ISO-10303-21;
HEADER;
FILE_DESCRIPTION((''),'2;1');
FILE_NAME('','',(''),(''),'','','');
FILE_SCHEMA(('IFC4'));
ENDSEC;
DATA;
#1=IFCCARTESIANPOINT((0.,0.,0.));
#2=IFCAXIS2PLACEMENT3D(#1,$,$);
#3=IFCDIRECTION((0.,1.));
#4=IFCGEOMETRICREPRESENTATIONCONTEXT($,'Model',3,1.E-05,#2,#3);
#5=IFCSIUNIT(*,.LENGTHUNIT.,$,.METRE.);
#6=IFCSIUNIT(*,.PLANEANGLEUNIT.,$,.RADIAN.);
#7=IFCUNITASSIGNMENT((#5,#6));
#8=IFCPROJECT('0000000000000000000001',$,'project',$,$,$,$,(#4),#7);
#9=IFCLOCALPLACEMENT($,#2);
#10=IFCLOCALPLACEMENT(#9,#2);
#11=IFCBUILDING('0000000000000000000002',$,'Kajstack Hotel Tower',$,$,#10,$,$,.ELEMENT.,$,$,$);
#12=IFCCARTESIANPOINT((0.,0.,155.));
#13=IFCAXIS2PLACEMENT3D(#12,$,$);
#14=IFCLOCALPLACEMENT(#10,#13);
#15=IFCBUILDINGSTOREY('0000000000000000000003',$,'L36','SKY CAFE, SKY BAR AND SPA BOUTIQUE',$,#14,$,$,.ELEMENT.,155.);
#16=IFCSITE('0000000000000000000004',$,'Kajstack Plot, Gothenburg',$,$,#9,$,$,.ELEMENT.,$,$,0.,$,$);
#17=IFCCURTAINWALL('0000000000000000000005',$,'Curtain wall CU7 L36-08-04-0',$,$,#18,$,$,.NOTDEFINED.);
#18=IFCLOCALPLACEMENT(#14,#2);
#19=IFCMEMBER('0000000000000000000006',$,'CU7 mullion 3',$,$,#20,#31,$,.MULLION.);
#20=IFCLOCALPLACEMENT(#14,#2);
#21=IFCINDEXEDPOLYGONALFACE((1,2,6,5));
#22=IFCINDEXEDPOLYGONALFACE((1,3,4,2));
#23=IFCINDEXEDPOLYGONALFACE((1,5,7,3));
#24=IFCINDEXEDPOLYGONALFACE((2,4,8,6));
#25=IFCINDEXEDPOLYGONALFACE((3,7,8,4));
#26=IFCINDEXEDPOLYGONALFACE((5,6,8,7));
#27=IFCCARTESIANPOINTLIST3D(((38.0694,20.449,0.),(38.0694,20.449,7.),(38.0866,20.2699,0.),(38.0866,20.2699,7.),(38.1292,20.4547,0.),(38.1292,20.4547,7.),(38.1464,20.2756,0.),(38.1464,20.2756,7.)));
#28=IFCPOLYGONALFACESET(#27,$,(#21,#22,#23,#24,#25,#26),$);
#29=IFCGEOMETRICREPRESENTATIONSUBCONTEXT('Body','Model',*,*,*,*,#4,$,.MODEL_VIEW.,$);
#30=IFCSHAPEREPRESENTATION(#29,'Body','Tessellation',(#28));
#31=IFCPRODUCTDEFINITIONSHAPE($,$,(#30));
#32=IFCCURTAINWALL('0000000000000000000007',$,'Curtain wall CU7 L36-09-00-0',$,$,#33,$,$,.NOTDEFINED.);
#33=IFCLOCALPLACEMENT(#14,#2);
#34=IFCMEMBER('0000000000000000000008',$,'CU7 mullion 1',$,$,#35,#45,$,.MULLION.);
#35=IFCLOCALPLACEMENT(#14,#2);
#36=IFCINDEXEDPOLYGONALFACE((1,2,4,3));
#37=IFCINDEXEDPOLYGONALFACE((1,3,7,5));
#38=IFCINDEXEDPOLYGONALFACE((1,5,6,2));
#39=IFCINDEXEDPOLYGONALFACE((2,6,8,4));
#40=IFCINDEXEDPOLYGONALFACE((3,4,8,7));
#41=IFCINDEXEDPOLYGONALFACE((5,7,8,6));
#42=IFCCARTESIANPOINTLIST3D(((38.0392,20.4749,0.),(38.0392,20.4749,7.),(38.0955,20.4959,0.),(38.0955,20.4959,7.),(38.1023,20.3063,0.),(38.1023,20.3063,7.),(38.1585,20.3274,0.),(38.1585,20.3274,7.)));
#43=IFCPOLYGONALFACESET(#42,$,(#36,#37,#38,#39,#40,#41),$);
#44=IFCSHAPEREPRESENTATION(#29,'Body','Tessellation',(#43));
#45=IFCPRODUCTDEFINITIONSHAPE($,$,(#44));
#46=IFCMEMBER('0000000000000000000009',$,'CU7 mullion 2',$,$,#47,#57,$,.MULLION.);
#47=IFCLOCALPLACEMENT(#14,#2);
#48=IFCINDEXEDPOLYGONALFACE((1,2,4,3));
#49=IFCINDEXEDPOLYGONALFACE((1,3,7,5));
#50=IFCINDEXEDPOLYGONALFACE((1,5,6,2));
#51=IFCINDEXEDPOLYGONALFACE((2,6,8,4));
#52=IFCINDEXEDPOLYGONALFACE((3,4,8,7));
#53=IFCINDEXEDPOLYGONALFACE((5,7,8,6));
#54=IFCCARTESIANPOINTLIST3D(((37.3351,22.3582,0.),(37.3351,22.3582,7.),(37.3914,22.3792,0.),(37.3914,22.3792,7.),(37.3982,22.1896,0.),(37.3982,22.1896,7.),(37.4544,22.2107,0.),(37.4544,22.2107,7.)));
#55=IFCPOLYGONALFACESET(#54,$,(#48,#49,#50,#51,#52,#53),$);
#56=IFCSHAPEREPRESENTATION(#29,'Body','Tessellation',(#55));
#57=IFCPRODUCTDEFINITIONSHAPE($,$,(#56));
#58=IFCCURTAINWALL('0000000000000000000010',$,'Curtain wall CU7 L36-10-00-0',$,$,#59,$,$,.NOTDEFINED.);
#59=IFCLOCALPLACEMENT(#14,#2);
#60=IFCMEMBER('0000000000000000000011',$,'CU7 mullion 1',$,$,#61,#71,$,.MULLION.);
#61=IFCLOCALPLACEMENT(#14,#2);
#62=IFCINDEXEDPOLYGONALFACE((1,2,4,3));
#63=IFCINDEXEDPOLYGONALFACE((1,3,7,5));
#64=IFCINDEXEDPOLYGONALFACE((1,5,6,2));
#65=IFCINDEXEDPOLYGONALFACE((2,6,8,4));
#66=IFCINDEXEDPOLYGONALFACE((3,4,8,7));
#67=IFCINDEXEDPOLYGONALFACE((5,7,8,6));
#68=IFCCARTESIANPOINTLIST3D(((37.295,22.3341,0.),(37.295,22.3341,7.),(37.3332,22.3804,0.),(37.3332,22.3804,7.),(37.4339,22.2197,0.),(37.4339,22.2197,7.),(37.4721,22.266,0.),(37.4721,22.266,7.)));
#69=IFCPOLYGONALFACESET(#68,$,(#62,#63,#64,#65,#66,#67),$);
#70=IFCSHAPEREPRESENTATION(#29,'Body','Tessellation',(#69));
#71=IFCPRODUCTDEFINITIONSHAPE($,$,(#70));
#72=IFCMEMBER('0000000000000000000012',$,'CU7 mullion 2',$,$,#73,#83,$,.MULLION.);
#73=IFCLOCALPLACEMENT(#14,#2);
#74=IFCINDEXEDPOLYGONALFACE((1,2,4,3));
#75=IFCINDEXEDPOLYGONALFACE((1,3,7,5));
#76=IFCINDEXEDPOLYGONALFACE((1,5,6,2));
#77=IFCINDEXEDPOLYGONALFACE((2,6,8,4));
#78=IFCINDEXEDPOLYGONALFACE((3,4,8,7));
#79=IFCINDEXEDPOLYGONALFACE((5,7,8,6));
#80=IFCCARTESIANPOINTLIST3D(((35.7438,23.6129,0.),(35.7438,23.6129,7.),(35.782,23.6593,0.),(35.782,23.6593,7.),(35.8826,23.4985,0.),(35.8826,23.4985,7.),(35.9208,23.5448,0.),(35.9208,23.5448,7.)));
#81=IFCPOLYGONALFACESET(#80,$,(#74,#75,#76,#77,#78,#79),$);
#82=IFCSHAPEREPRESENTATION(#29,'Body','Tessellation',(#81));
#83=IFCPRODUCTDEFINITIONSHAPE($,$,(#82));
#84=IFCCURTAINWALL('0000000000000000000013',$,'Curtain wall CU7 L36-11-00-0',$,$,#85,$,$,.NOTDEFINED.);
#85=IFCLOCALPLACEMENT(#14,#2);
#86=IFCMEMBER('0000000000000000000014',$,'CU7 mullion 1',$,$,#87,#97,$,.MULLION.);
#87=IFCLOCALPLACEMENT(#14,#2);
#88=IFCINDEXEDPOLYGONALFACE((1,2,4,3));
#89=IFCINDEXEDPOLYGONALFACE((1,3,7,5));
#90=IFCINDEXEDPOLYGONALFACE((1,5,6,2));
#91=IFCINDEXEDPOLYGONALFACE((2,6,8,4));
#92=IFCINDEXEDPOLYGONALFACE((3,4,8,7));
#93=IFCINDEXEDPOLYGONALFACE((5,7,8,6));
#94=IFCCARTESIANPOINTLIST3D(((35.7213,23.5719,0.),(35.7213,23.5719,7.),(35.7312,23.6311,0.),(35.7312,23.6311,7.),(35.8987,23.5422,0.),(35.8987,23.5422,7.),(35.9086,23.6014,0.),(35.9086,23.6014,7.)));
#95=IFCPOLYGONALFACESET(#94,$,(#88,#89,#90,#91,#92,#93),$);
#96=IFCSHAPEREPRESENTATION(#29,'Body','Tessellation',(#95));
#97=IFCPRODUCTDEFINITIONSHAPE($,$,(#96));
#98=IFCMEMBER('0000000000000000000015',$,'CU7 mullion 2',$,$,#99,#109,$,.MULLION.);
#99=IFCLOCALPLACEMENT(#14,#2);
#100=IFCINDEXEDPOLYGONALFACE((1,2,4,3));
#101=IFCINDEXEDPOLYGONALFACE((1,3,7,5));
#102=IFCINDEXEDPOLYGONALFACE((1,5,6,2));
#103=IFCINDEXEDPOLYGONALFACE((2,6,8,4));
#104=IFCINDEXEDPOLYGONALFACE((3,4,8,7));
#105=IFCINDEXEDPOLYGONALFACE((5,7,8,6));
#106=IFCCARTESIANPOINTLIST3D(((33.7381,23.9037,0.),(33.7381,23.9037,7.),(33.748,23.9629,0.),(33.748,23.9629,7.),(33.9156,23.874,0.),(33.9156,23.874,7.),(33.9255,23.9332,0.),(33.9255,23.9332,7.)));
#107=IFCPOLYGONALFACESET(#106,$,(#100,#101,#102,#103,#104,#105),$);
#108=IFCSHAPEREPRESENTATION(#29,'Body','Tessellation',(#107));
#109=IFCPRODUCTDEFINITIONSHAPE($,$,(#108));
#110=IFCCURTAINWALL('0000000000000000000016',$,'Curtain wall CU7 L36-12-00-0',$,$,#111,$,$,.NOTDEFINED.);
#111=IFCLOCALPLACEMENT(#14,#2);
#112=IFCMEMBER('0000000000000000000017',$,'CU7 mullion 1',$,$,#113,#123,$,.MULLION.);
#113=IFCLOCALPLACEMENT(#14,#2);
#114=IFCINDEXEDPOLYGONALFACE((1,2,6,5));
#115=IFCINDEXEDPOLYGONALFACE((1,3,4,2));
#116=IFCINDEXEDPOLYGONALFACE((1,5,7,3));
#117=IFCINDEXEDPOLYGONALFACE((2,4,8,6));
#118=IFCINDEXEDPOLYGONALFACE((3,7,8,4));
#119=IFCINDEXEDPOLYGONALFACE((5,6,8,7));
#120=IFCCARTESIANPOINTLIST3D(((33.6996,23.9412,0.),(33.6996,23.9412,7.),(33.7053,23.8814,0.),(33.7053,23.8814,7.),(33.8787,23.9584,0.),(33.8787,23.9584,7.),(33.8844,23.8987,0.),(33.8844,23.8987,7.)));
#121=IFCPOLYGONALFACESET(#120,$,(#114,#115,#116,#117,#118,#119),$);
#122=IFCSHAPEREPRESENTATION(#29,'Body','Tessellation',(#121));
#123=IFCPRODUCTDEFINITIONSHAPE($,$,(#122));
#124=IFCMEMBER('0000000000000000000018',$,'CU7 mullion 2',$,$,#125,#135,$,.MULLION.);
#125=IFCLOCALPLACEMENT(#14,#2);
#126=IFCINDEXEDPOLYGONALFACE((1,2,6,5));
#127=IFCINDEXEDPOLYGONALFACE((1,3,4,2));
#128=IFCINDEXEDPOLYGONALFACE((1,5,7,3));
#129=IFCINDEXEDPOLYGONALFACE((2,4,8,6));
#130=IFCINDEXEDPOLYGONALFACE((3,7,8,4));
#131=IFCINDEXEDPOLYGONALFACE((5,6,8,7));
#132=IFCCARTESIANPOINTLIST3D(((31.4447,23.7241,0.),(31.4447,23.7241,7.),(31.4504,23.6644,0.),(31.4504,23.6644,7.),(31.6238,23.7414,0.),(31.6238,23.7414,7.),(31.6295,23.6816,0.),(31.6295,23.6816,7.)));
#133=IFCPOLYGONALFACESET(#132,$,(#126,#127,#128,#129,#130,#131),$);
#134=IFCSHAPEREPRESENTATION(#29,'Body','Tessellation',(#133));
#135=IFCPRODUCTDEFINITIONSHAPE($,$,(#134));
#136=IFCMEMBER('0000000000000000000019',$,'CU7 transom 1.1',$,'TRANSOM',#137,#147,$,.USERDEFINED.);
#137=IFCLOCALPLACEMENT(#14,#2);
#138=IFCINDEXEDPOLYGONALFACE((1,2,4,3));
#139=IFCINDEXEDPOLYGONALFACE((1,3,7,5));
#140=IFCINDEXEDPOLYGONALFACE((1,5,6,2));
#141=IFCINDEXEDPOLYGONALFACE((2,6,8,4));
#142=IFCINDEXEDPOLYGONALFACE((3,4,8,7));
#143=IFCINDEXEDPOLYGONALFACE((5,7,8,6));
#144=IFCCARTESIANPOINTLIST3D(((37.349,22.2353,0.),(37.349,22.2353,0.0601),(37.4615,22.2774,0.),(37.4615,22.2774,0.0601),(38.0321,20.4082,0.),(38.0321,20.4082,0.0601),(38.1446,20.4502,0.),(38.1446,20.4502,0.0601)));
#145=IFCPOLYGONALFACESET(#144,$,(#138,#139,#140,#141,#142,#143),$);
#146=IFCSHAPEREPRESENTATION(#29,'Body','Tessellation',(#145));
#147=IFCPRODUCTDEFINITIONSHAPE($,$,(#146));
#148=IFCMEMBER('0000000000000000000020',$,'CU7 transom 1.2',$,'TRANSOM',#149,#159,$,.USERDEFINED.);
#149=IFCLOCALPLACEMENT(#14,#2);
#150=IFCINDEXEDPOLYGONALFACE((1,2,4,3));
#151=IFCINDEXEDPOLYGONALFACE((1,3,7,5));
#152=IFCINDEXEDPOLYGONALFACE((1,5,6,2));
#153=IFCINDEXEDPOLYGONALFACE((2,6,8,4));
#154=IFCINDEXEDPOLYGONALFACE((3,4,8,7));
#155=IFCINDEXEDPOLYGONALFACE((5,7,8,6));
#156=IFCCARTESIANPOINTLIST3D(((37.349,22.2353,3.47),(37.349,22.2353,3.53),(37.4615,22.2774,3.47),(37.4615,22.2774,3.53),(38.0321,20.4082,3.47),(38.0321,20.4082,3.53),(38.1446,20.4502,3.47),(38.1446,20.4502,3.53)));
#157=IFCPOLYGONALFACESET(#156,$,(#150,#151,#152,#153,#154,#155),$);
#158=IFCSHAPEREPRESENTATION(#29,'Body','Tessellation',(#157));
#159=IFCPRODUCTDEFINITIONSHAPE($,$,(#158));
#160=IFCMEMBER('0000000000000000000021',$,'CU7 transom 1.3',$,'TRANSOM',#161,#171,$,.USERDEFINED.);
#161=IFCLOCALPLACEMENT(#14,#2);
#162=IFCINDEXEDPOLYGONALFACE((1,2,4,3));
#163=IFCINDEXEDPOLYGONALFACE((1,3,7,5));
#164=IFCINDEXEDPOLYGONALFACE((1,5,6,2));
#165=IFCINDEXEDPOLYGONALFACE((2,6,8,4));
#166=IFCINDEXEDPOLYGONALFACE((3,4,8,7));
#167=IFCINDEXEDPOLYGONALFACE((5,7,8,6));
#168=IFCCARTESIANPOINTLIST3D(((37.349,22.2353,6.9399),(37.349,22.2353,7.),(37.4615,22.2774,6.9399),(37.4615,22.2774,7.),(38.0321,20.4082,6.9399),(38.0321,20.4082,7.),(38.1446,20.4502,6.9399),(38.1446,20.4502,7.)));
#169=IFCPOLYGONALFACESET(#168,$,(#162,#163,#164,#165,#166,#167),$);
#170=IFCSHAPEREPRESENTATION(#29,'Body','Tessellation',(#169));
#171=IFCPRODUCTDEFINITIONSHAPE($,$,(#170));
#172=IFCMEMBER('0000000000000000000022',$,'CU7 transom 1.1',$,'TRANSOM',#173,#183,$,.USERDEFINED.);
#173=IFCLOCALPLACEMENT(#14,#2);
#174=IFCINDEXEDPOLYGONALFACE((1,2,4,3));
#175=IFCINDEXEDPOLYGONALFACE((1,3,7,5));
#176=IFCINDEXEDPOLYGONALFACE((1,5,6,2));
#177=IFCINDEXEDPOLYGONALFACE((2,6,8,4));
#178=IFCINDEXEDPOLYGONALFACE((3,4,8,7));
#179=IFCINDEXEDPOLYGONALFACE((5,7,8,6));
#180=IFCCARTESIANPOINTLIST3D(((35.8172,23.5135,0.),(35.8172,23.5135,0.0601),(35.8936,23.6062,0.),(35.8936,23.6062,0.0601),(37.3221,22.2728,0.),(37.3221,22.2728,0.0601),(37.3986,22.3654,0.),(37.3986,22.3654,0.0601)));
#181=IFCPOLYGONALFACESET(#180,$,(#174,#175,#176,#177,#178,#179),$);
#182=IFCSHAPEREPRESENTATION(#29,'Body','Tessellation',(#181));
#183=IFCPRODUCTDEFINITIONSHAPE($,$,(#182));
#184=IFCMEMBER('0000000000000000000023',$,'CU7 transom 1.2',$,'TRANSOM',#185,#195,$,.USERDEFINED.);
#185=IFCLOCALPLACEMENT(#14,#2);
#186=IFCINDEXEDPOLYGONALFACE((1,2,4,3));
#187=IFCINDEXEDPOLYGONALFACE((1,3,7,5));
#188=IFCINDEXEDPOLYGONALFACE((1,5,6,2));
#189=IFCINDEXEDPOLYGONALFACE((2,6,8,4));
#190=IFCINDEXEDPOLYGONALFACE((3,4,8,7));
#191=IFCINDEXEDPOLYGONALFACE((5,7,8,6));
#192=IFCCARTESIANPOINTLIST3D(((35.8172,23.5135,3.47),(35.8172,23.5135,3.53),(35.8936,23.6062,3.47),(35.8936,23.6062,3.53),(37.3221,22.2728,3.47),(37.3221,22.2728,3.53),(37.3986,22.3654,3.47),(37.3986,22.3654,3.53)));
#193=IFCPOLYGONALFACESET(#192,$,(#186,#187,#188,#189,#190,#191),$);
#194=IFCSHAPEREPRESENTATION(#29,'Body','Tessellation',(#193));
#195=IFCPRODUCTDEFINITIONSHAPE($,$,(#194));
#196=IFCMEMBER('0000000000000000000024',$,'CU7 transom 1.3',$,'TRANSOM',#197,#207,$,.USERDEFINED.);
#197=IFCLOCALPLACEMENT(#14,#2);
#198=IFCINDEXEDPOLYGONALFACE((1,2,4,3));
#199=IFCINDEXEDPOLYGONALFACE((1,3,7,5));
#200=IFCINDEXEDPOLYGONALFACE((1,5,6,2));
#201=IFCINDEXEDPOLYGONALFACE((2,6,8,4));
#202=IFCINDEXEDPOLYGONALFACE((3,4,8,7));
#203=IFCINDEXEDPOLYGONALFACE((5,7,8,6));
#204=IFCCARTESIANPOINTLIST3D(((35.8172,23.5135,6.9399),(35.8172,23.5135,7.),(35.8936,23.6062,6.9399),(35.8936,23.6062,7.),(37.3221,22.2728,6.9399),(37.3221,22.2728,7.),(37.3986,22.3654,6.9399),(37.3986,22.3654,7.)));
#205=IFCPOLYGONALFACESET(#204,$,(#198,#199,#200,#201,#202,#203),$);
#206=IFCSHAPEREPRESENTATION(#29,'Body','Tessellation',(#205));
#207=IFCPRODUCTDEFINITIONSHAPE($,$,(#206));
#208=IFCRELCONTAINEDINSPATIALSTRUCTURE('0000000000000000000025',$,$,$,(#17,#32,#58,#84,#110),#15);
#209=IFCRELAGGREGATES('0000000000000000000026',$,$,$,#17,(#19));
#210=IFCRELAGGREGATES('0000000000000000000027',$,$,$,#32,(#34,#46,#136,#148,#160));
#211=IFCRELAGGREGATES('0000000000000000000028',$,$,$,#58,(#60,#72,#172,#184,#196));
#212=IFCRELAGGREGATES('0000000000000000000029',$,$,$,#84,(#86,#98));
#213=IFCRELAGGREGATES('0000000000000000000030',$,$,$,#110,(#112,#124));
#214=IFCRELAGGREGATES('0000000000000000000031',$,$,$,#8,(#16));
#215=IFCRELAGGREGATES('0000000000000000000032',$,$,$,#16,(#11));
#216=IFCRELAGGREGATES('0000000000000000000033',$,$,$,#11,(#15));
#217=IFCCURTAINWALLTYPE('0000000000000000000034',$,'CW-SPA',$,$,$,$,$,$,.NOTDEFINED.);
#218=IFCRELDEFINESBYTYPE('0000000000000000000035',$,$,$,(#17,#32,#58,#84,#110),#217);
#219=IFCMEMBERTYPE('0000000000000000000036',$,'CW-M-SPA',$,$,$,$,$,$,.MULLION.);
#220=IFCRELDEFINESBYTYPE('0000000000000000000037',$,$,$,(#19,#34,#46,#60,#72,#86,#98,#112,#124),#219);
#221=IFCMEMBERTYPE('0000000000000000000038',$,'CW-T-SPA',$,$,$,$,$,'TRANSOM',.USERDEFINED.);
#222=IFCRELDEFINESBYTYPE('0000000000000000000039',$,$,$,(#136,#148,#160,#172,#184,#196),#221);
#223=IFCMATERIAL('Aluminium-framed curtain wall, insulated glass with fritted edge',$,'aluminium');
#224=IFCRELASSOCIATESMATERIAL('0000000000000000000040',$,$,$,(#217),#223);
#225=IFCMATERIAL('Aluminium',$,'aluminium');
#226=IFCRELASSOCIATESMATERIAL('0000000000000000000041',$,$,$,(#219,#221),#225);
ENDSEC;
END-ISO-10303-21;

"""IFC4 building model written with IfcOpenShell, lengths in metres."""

from ifc_helpers import new_model, si_unit, direction, frame, origin, origin_2d, place, context, subcontext, project, spatial, rectangle, extrude, material, material_profile, profile_set, type_object, element, aggregate, save


model = new_model("IFC4")

# Units and contexts
model_context = context("Model", 3, precision=1e-05, world=origin(), true_north=direction((0.0, 1.0)))
body_context = subcontext(model_context, "Body", "Model", "MODEL_VIEW")
ifc_project = project(units=[si_unit("LENGTHUNIT", "METRE"), si_unit("PLANEANGLEUNIT", "RADIAN")], contexts=[model_context])

# Site, building, storey
site_placement = place(None, origin())
site = spatial("IfcSite", under=ifc_project, at=site_placement, Name="Kajstack Plot, Gothenburg", CompositionType="ELEMENT", RefElevation=0.0)
building_placement = place(site_placement, origin())
building = spatial("IfcBuilding", under=site, at=building_placement, Name="Kajstack Hotel Tower", CompositionType="ELEMENT")
storey_placement = place(building_placement, frame((0.0, 0.0, 155.0)))
storey = spatial("IfcBuildingStorey", under=building, at=storey_placement, Name="L36", Description="SKY CAFE, SKY BAR AND SPA BOUTIQUE", CompositionType="ELEMENT", Elevation=155.0)

# Curtain wall, member
ifc_material_1 = material(Name="Aluminium-framed curtain wall, insulated glass with fritted edge", Category="aluminium")
curtain_wall_type = type_object("IfcCurtainWallType", Name="CW-SPA", PredefinedType="NOTDEFINED", material=ifc_material_1)
curtain_wall_1_placement = place(storey_placement, origin())
curtain_wall_1 = element("IfcCurtainWall", 1, at=curtain_wall_1_placement, inside=storey, type_object=curtain_wall_type, Name="Curtain wall CU7 L36-08-04-0", PredefinedType="NOTDEFINED")
ifc_material_2 = material(Name="Aluminium", Category="aluminium")
ifc_material_profile_1 = material_profile(ifc_material_2, rectangle(XDim=0.0601, YDim=0.1799, at=origin_2d()), Name="Aluminium mullion 60 x 180")
ifc_profile_set_1 = profile_set([ifc_material_profile_1], Name="Aluminium")
member_type_1 = type_object("IfcMemberType", Name="CW-M-SPA", PredefinedType="MULLION", material=ifc_profile_set_1)
member_1_placement = place(storey_placement, frame((38.1079, 20.3623, 0.0), z_axis=(0.0, 0.0, 1.0), x_axis=(-0.995396, -0.095844, 0.0)))
member_1 = element("IfcMember", 2, at=member_1_placement, type_object=member_type_1, Name="CU7 mullion 3", PredefinedType="MULLION", context=body_context, shape_type="SweptSolid", body=[
    extrude(rectangle(XDim=0.0601, YDim=0.1799, at=origin_2d()), origin(), (0.0, 0.0, 1.0), 7.0),
])

# Curtain walls, members
curtain_wall_2_placement = place(storey_placement, origin())
curtain_wall_2 = element("IfcCurtainWall", 3, at=curtain_wall_2_placement, inside=storey, type_object=curtain_wall_type, Name="Curtain wall CU7 L36-09-00-0", PredefinedType="NOTDEFINED")
member_2_placement = place(storey_placement, frame((38.0989, 20.4011, 0.0), z_axis=(0.0, 0.0, 1.0), x_axis=(-0.936664, -0.350229, 0.0)))
member_2 = element("IfcMember", 4, at=member_2_placement, type_object=member_type_1, Name="CU7 mullion 1", PredefinedType="MULLION", context=body_context, shape_type="SweptSolid", body=[
    extrude(rectangle(XDim=0.0601, YDim=0.1799, at=origin_2d()), origin(), (0.0, 0.0, 1.0), 7.0),
])
member_3_placement = place(storey_placement, frame((37.3948, 22.2844, 0.0), z_axis=(0.0, 0.0, 1.0), x_axis=(-0.936664, -0.350229, 0.0)))
member_3 = element("IfcMember", 5, at=member_3_placement, type_object=member_type_1, Name="CU7 mullion 2", PredefinedType="MULLION", context=body_context, shape_type="SweptSolid", body=[
    extrude(rectangle(XDim=0.0601, YDim=0.1799, at=origin_2d()), origin(), (0.0, 0.0, 1.0), 7.0),
])
curtain_wall_3_placement = place(storey_placement, origin())
curtain_wall_3 = element("IfcCurtainWall", 6, at=curtain_wall_3_placement, inside=storey, type_object=curtain_wall_type, Name="Curtain wall CU7 L36-10-00-0", PredefinedType="NOTDEFINED")
member_4_placement = place(storey_placement, frame((37.3835, 22.3, 0.0), z_axis=(0.0, 0.0, 1.0), x_axis=(-0.63609, -0.771615, 0.0)))
member_4 = element("IfcMember", 7, at=member_4_placement, type_object=member_type_1, Name="CU7 mullion 1", PredefinedType="MULLION", context=body_context, shape_type="SweptSolid", body=[
    extrude(rectangle(XDim=0.0601, YDim=0.1799, at=origin_2d()), origin(), (0.0, 0.0, 1.0), 7.0),
])
member_5_placement = place(storey_placement, frame((35.8323, 23.5789, 0.0), z_axis=(0.0, 0.0, 1.0), x_axis=(-0.63609, -0.771615, 0.0)))
member_5 = element("IfcMember", 8, at=member_5_placement, type_object=member_type_1, Name="CU7 mullion 2", PredefinedType="MULLION", context=body_context, shape_type="SweptSolid", body=[
    extrude(rectangle(XDim=0.0601, YDim=0.1799, at=origin_2d()), origin(), (0.0, 0.0, 1.0), 7.0),
])
curtain_wall_4_placement = place(storey_placement, origin())
curtain_wall_4 = element("IfcCurtainWall", 9, at=curtain_wall_4_placement, inside=storey, type_object=curtain_wall_type, Name="Curtain wall CU7 L36-11-00-0", PredefinedType="NOTDEFINED")
member_6_placement = place(storey_placement, frame((35.8149, 23.5867, 0.0), z_axis=(0.0, 0.0, 1.0), x_axis=(-0.165025, -0.986289, 0.0)))
member_6 = element("IfcMember", 10, at=member_6_placement, type_object=member_type_1, Name="CU7 mullion 1", PredefinedType="MULLION", context=body_context, shape_type="SweptSolid", body=[
    extrude(rectangle(XDim=0.0601, YDim=0.1799, at=origin_2d()), origin(), (0.0, 0.0, 1.0), 7.0),
])
member_7_placement = place(storey_placement, frame((33.8318, 23.9185, 0.0), z_axis=(0.0, 0.0, 1.0), x_axis=(-0.165025, -0.986289, 0.0)))
member_7 = element("IfcMember", 11, at=member_7_placement, type_object=member_type_1, Name="CU7 mullion 2", PredefinedType="MULLION", context=body_context, shape_type="SweptSolid", body=[
    extrude(rectangle(XDim=0.0601, YDim=0.1799, at=origin_2d()), origin(), (0.0, 0.0, 1.0), 7.0),
])
curtain_wall_5_placement = place(storey_placement, origin())
curtain_wall_5 = element("IfcCurtainWall", 12, at=curtain_wall_5_placement, inside=storey, type_object=curtain_wall_type, Name="Curtain wall CU7 L36-12-00-0", PredefinedType="NOTDEFINED")
member_8_placement = place(storey_placement, frame((33.792, 23.9199, 0.0), z_axis=(0.0, 0.0, 1.0), x_axis=(0.095845, -0.995396, 0.0)))
member_8 = element("IfcMember", 13, at=member_8_placement, type_object=member_type_1, Name="CU7 mullion 1", PredefinedType="MULLION", context=body_context, shape_type="SweptSolid", body=[
    extrude(rectangle(XDim=0.0601, YDim=0.1799, at=origin_2d()), origin(), (0.0, 0.0, 1.0), 7.0),
])
member_9_placement = place(storey_placement, frame((31.5371, 23.7029, 0.0), z_axis=(0.0, 0.0, 1.0), x_axis=(0.095845, -0.995396, 0.0)))
member_9 = element("IfcMember", 14, at=member_9_placement, type_object=member_type_1, Name="CU7 mullion 2", PredefinedType="MULLION", context=body_context, shape_type="SweptSolid", body=[
    extrude(rectangle(XDim=0.0601, YDim=0.1799, at=origin_2d()), origin(), (0.0, 0.0, 1.0), 7.0),
])

# Members
ifc_material_profile_2 = material_profile(ifc_material_2, rectangle(XDim=0.1201, YDim=0.0601, at=origin_2d()), Name="Aluminium transom 120 x 60")
ifc_profile_set_2 = profile_set([ifc_material_profile_2], Name="Aluminium")
member_type_2 = type_object("IfcMemberType", Name="CW-T-SPA", ElementType="TRANSOM", PredefinedType="USERDEFINED", material=ifc_profile_set_2)
member_10_placement = place(storey_placement, frame((38.0884, 20.4292, 0.03), z_axis=(-0.350191, 0.936678, 0.0), x_axis=(-0.936678, -0.350191, 0.0)))
member_10 = element("IfcMember", 15, at=member_10_placement, type_object=member_type_2, Name="CU7 transom 1.1", ObjectType="TRANSOM", PredefinedType="USERDEFINED", context=body_context, shape_type="SweptSolid", body=[
    extrude(rectangle(XDim=0.1201, YDim=0.0601, at=origin_2d()), origin(), (0.0, 0.0, 1.0), 1.9507),
])
member_11_placement = place(storey_placement, frame((38.0884, 20.4292, 3.5), z_axis=(-0.350191, 0.936678, 0.0), x_axis=(-0.936678, -0.350191, 0.0)))
member_11 = element("IfcMember", 16, at=member_11_placement, type_object=member_type_2, Name="CU7 transom 1.2", ObjectType="TRANSOM", PredefinedType="USERDEFINED", context=body_context, shape_type="SweptSolid", body=[
    extrude(rectangle(XDim=0.1201, YDim=0.0601, at=origin_2d()), origin(), (0.0, 0.0, 1.0), 1.9507),
])
member_12_placement = place(storey_placement, frame((38.0884, 20.4292, 6.97), z_axis=(-0.350191, 0.936678, 0.0), x_axis=(-0.936678, -0.350191, 0.0)))
member_12 = element("IfcMember", 17, at=member_12_placement, type_object=member_type_2, Name="CU7 transom 1.3", ObjectType="TRANSOM", PredefinedType="USERDEFINED", context=body_context, shape_type="SweptSolid", body=[
    extrude(rectangle(XDim=0.1201, YDim=0.0601, at=origin_2d()), origin(), (0.0, 0.0, 1.0), 1.9507),
])
member_13_placement = place(storey_placement, frame((37.3604, 22.3191, 0.03), z_axis=(-0.771576, 0.636137, 0.0), x_axis=(-0.636137, -0.771576, 0.0)))
member_13 = element("IfcMember", 18, at=member_13_placement, type_object=member_type_2, Name="CU7 transom 1.1", ObjectType="TRANSOM", PredefinedType="USERDEFINED", context=body_context, shape_type="SweptSolid", body=[
    extrude(rectangle(XDim=0.1201, YDim=0.0601, at=origin_2d()), origin(), (0.0, 0.0, 1.0), 1.9504),
])
member_14_placement = place(storey_placement, frame((37.3604, 22.3191, 3.5), z_axis=(-0.771576, 0.636137, 0.0), x_axis=(-0.636137, -0.771576, 0.0)))
member_14 = element("IfcMember", 19, at=member_14_placement, type_object=member_type_2, Name="CU7 transom 1.2", ObjectType="TRANSOM", PredefinedType="USERDEFINED", context=body_context, shape_type="SweptSolid", body=[
    extrude(rectangle(XDim=0.1201, YDim=0.0601, at=origin_2d()), origin(), (0.0, 0.0, 1.0), 1.9504),
])
member_15_placement = place(storey_placement, frame((37.3604, 22.3191, 6.97), z_axis=(-0.771576, 0.636137, 0.0), x_axis=(-0.636137, -0.771576, 0.0)))
member_15 = element("IfcMember", 20, at=member_15_placement, type_object=member_type_2, Name="CU7 transom 1.3", ObjectType="TRANSOM", PredefinedType="USERDEFINED", context=body_context, shape_type="SweptSolid", body=[
    extrude(rectangle(XDim=0.1201, YDim=0.0601, at=origin_2d()), origin(), (0.0, 0.0, 1.0), 1.9504),
])

aggregate(curtain_wall_1, [member_1])
aggregate(curtain_wall_2, [member_2, member_3, member_10, member_11, member_12])
aggregate(curtain_wall_3, [member_4, member_5, member_13, member_14, member_15])
aggregate(curtain_wall_4, [member_6, member_7])
aggregate(curtain_wall_5, [member_8, member_9])

save(model, "model.ifc")
